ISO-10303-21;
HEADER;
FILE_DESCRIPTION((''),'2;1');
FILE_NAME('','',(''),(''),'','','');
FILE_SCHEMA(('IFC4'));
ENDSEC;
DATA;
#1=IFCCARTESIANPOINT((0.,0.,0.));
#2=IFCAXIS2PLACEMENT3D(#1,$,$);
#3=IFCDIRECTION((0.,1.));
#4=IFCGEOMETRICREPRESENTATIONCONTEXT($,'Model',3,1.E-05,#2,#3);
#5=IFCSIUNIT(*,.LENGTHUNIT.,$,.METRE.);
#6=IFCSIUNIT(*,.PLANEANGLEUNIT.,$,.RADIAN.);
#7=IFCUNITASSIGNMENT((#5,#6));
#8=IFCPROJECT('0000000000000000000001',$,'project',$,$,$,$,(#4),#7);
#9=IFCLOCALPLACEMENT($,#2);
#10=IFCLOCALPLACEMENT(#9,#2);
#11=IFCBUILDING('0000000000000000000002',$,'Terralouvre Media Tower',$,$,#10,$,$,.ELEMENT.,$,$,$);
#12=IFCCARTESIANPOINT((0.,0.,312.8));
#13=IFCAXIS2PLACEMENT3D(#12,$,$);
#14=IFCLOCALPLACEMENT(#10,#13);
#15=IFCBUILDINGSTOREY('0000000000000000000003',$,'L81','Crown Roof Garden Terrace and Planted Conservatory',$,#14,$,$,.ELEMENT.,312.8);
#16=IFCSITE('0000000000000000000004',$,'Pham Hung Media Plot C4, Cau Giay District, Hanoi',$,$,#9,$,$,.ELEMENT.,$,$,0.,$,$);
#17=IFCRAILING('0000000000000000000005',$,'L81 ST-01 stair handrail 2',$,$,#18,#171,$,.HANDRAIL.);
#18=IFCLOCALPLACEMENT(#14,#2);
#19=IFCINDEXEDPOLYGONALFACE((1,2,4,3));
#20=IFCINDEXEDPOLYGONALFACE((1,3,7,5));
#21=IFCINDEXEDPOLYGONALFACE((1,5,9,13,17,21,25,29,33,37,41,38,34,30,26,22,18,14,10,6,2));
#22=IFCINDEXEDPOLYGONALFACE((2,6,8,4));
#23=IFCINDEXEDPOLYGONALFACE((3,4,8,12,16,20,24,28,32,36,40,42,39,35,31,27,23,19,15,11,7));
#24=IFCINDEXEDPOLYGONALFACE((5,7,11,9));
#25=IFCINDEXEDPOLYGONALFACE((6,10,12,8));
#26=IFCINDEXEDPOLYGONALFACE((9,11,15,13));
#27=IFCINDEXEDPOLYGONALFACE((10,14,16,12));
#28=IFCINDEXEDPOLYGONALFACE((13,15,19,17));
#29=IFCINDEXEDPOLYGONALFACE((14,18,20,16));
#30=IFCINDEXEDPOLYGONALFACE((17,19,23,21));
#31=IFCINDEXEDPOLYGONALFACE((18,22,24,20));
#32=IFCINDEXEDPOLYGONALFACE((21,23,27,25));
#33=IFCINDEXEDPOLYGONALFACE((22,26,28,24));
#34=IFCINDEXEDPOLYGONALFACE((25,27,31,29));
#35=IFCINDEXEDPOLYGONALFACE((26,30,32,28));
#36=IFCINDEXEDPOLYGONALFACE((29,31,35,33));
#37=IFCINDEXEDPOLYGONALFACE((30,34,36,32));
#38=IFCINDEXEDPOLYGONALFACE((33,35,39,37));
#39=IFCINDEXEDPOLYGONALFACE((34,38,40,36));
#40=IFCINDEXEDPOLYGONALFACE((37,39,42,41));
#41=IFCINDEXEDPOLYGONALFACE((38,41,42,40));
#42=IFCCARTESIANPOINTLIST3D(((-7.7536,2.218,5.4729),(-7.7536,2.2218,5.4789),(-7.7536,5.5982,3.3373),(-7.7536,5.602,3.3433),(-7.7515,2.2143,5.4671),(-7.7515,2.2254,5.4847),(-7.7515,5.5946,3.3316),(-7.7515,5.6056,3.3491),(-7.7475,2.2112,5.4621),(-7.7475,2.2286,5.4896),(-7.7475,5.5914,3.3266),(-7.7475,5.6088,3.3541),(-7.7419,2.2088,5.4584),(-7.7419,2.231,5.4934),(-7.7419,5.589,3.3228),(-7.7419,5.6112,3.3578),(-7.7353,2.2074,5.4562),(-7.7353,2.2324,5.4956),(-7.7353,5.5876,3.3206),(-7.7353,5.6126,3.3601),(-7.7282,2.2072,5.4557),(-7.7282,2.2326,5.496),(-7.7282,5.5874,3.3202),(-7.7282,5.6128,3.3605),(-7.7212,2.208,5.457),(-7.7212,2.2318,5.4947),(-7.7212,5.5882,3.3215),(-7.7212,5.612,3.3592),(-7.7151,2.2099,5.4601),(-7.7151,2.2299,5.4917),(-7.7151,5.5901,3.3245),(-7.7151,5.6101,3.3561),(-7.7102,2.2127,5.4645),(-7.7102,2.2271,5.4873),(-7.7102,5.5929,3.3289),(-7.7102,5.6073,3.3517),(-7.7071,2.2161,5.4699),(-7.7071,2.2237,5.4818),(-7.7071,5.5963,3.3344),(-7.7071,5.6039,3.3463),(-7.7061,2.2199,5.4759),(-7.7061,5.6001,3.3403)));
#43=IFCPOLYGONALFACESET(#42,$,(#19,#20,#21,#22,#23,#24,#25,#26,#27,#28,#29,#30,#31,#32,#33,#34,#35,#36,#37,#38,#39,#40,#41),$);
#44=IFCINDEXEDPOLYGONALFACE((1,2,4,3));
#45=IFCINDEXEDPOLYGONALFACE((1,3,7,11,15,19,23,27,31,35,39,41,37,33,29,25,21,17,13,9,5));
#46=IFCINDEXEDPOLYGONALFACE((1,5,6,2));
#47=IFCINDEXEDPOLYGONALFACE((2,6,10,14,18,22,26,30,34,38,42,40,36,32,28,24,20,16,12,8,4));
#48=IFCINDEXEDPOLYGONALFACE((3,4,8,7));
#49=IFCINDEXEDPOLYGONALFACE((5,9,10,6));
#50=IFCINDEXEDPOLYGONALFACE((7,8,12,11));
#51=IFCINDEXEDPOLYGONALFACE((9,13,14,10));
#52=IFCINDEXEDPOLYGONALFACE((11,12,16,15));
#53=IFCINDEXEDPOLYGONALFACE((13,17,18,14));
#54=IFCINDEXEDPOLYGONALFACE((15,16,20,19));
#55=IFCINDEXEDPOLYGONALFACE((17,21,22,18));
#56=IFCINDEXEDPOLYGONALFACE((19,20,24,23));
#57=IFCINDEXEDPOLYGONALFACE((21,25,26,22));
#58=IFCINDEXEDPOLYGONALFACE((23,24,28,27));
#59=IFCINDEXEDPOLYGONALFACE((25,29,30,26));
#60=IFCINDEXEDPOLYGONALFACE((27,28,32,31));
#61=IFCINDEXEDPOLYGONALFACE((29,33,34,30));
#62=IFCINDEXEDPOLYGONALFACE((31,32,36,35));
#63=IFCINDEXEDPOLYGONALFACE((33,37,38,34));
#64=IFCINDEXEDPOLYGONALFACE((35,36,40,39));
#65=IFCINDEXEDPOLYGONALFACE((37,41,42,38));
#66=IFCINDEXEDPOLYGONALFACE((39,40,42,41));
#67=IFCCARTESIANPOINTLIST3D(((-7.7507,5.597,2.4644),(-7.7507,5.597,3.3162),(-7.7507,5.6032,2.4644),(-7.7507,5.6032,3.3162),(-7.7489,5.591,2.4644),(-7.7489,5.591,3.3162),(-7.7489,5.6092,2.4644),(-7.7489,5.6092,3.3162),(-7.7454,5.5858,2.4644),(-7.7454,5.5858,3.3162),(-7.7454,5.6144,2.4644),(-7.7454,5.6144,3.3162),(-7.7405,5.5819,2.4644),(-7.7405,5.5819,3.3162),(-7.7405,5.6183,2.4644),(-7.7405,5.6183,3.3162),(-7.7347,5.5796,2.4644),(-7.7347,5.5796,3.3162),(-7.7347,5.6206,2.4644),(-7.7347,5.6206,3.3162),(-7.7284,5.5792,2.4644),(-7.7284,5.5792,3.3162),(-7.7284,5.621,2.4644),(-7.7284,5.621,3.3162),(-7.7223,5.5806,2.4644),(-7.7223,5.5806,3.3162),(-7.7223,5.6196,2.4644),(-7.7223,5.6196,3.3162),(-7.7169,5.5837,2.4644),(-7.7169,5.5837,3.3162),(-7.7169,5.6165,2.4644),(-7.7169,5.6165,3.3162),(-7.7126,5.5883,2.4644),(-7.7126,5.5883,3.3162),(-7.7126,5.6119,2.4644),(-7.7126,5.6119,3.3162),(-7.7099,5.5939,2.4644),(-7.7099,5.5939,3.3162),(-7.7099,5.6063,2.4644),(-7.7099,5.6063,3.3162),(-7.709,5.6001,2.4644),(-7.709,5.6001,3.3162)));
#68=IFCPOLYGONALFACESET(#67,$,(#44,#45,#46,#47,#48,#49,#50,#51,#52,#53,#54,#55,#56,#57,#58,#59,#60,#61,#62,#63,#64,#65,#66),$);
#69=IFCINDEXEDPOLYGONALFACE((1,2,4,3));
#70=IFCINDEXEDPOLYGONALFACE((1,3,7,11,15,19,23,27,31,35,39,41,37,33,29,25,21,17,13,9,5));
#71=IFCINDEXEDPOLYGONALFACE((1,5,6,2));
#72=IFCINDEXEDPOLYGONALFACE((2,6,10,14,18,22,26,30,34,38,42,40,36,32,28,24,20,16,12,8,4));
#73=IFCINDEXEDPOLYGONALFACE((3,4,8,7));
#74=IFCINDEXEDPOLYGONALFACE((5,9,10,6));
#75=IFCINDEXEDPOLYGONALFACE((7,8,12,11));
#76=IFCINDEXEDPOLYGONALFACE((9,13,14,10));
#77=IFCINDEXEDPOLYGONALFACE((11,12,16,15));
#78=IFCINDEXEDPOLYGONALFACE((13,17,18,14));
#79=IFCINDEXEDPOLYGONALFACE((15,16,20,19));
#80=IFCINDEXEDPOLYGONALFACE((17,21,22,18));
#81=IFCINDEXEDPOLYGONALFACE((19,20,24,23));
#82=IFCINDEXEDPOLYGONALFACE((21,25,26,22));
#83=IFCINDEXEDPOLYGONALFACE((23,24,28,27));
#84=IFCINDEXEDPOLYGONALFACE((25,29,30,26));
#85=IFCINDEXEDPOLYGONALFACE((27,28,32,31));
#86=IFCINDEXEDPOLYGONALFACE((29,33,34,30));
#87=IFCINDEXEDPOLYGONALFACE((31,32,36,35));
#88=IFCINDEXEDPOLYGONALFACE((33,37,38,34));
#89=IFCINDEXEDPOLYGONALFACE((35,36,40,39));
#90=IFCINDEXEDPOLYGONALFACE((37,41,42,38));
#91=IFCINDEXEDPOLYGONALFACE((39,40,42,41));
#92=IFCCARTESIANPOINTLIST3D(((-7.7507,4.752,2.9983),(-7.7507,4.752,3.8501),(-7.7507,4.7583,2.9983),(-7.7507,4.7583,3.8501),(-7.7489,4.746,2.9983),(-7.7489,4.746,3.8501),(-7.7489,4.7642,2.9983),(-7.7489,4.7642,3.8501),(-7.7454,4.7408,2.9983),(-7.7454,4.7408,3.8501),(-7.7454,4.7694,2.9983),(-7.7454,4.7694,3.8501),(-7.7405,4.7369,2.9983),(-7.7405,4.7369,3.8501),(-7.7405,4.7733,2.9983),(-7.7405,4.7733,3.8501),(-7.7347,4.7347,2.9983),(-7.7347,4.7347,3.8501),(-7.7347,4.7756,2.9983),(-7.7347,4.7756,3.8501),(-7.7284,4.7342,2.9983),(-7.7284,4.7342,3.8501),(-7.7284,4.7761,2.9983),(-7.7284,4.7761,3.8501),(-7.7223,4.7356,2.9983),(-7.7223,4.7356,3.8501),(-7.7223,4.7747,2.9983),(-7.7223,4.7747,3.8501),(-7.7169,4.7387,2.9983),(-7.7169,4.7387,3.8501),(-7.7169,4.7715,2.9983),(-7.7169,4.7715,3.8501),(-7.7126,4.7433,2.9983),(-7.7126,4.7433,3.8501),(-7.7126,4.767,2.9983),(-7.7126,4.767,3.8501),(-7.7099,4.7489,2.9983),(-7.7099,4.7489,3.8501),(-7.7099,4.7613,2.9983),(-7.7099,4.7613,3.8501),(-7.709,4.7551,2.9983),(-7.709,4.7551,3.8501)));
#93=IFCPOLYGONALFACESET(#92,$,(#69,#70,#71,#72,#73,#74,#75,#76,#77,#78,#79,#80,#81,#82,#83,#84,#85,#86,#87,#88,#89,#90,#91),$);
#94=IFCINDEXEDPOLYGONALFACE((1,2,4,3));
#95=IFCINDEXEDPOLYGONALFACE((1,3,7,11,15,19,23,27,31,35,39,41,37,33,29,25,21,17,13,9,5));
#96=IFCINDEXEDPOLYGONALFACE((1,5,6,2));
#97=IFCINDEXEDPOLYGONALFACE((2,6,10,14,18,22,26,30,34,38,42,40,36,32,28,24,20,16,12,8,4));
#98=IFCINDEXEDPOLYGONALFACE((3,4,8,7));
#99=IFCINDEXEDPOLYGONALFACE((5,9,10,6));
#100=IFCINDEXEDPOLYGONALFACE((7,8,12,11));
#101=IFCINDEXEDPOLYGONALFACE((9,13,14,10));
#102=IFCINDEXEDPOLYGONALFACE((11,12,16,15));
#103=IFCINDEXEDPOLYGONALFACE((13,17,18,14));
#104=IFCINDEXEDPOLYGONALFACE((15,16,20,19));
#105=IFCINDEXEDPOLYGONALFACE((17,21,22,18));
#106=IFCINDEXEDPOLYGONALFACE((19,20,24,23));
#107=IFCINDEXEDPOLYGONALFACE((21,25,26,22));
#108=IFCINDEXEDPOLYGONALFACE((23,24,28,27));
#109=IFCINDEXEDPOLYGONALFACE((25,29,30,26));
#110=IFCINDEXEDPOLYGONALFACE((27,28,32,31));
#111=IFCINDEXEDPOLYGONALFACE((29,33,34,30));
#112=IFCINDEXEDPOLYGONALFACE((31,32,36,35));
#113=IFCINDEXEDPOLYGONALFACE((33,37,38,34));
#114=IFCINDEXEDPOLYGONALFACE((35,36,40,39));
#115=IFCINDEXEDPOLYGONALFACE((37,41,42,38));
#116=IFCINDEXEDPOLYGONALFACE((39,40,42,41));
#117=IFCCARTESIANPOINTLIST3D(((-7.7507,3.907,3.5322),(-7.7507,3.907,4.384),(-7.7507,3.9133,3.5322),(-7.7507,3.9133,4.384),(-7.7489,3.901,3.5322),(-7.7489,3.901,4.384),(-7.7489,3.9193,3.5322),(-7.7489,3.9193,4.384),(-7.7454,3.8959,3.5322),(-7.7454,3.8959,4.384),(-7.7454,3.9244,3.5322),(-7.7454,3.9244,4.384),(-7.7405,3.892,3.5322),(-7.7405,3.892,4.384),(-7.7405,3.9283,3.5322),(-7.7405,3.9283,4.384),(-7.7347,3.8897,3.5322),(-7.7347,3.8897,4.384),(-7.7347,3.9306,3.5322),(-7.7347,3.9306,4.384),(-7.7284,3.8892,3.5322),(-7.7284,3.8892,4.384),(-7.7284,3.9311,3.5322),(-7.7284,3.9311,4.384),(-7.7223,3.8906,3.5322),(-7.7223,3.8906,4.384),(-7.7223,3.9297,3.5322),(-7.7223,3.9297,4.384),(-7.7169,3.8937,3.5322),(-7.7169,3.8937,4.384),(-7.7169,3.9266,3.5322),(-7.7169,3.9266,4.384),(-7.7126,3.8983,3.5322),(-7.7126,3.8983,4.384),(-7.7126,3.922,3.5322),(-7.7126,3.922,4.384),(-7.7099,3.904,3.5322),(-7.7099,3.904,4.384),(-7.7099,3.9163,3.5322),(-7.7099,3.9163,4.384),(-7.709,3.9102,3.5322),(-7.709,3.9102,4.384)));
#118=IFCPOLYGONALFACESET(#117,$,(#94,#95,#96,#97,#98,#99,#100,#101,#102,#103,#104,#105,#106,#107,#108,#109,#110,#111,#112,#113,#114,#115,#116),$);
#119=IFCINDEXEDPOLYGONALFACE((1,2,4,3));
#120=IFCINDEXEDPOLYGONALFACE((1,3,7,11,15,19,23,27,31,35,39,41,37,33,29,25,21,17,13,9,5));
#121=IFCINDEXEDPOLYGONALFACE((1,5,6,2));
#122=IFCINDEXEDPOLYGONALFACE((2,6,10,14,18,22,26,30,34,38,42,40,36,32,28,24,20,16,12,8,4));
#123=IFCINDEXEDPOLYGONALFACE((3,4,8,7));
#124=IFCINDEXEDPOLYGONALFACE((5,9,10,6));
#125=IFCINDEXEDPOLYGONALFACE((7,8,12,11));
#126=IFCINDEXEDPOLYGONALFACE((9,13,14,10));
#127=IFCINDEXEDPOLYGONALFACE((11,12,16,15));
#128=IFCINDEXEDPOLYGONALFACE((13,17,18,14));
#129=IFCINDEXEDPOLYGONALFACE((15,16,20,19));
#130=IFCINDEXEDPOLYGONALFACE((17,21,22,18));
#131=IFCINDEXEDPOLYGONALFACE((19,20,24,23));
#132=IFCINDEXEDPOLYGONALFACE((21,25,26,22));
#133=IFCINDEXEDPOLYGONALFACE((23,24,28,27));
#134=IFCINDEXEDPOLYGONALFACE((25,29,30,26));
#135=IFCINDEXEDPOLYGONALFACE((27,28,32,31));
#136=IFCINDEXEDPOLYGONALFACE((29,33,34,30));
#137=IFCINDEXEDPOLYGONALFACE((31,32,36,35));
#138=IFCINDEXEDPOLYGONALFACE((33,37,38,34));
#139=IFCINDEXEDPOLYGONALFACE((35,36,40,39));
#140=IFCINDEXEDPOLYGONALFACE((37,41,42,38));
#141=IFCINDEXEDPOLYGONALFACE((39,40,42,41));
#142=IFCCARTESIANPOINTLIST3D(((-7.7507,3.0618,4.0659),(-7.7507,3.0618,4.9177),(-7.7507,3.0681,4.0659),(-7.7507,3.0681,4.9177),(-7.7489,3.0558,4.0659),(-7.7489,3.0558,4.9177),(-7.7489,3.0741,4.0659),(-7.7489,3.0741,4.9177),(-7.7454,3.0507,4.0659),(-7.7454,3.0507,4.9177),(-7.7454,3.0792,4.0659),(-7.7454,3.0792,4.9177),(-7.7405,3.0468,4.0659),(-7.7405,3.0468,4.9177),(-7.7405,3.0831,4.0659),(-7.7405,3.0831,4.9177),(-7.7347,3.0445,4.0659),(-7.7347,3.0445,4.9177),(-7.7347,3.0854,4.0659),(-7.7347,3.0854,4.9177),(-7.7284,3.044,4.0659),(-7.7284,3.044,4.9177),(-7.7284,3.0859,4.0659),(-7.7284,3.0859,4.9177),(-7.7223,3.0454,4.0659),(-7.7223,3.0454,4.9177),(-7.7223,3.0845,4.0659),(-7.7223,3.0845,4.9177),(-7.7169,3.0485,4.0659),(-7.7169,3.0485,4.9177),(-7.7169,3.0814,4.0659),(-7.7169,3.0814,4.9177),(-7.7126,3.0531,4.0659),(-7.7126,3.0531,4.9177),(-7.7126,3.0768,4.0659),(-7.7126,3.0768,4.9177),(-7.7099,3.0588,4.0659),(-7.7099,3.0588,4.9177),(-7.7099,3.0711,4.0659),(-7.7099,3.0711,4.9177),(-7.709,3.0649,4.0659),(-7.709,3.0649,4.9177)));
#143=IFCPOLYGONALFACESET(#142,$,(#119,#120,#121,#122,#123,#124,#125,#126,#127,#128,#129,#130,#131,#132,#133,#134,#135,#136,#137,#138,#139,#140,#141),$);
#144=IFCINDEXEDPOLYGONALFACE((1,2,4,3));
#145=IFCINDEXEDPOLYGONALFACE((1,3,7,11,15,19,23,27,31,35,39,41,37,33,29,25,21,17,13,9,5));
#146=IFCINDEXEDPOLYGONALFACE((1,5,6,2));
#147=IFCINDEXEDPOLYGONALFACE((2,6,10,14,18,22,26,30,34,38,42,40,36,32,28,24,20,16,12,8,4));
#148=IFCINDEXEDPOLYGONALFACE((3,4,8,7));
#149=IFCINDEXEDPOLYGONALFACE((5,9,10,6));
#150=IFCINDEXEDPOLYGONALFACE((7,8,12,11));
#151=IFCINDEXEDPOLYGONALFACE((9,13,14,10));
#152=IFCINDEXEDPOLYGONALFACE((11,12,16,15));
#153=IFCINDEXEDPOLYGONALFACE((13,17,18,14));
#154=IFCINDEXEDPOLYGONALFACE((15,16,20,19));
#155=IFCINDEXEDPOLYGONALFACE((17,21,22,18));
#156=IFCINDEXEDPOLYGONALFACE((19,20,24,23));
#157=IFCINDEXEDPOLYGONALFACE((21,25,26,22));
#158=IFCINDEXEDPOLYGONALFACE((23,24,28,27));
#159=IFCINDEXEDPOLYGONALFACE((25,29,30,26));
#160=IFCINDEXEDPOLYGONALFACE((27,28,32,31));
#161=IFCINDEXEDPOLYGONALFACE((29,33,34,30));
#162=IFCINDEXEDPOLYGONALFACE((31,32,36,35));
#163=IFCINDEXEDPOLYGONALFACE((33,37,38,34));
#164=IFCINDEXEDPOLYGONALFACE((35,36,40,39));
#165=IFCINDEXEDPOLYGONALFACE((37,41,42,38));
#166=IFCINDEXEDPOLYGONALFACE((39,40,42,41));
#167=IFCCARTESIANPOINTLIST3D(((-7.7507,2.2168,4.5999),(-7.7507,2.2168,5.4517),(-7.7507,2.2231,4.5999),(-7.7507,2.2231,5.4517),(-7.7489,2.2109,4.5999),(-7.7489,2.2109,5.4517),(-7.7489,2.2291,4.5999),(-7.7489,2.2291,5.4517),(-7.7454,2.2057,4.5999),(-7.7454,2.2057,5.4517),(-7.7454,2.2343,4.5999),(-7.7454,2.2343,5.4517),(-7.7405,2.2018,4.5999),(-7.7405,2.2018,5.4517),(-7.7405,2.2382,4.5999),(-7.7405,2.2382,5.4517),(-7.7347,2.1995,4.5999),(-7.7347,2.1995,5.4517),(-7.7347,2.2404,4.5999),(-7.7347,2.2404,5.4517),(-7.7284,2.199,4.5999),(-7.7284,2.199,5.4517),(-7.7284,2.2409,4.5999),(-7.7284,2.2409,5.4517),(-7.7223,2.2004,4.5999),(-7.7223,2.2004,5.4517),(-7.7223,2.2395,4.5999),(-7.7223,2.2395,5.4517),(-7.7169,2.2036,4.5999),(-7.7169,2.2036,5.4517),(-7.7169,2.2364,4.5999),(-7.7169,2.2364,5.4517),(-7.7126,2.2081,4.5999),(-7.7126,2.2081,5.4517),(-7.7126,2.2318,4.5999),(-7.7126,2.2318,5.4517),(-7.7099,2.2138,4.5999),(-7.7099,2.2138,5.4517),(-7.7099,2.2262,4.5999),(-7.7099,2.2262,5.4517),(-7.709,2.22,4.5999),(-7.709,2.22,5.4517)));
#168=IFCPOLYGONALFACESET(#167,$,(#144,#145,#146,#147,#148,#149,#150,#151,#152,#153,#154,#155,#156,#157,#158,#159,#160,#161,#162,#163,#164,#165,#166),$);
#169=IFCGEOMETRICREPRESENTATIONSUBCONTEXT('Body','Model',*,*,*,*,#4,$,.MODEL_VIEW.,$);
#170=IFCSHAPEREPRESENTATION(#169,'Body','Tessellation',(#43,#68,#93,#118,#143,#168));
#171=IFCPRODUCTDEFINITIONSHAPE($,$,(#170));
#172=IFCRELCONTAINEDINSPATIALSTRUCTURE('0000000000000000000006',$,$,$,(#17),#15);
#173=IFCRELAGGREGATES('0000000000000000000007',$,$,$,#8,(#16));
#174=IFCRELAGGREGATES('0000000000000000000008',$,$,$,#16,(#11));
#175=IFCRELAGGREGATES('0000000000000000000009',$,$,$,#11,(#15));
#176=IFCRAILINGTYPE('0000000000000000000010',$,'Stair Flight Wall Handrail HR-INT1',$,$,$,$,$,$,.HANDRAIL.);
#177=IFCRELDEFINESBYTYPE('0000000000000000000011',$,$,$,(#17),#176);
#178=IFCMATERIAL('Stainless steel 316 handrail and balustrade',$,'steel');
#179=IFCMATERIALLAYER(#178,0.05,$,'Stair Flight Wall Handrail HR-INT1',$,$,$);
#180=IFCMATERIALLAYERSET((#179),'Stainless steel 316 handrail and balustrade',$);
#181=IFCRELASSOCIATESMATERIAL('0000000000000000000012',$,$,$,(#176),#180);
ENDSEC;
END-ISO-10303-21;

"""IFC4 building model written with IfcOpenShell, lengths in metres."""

from ifc_helpers import new_model, si_unit, direction, frame, origin, origin_2d, place, context, subcontext, project, spatial, circle, extrude, material, layer, layer_set, type_object, element, save


model = new_model("IFC4")

# Units and contexts
model_context = context("Model", 3, precision=1e-05, world=origin(), true_north=direction((0.0, 1.0)))
body_context = subcontext(model_context, "Body", "Model", "MODEL_VIEW")
ifc_project = project(units=[si_unit("LENGTHUNIT", "METRE"), si_unit("PLANEANGLEUNIT", "RADIAN")], contexts=[model_context])

# Site, building, storey
site_placement = place(None, origin())
site = spatial("IfcSite", under=ifc_project, at=site_placement, Name="Pham Hung Media Plot C4, Cau Giay District, Hanoi", CompositionType="ELEMENT", RefElevation=0.0)
building_placement = place(site_placement, origin())
building = spatial("IfcBuilding", under=site, at=building_placement, Name="Terralouvre Media Tower", CompositionType="ELEMENT")
storey_placement = place(building_placement, frame((0.0, 0.0, 312.8)))
storey = spatial("IfcBuildingStorey", under=building, at=storey_placement, Name="L81", Description="Crown Roof Garden Terrace and Planted Conservatory", CompositionType="ELEMENT", Elevation=312.8)

# Railing
ifc_material_1 = material(Name="Stainless steel 316 handrail and balustrade", Category="steel")
ifc_layer_1 = layer(ifc_material_1, 0.05, Name="Stair Flight Wall Handrail HR-INT1")
ifc_layer_set_1 = layer_set([ifc_layer_1], Name="Stainless steel 316 handrail and balustrade")
railing_type_1 = type_object("IfcRailingType", Name="Stair Flight Wall Handrail HR-INT1", PredefinedType="HANDRAIL", material=ifc_layer_set_1)
railing_1_placement = place(storey_placement, frame((-7.73, 5.6001, 2.4644)))
element("IfcRailing", 1, at=railing_1_placement, inside=storey, type_object=railing_type_1, Name="L81 ST-01 stair handrail 2", PredefinedType="HANDRAIL", context=body_context, shape_type="SweptSolid", body=[
    extrude(circle(Radius=0.0239, at=origin_2d()), frame((0.0, 0.0, 0.876), z_axis=(0.0, -0.845412, 0.534115), x_axis=(1.0, 0.0, 0.0)), (0.0, 0.0, 1.0), 3.9983),
    extrude(circle(Radius=0.021, at=origin_2d()), origin(), (0.0, 0.0, 1.0), 0.8518),
    extrude(circle(Radius=0.021, at=origin_2d()), frame((0.0, -0.845, 0.5339)), (0.0, 0.0, 1.0), 0.8518),
    extrude(circle(Radius=0.021, at=origin_2d()), frame((0.0, -1.6899, 1.0679)), (0.0, 0.0, 1.0), 0.8518),
    extrude(circle(Radius=0.021, at=origin_2d()), frame((0.0, -2.5352, 1.6016)), (0.0, 0.0, 1.0), 0.8518),
    extrude(circle(Radius=0.021, at=origin_2d()), frame((0.0, -3.3801, 2.1355)), (0.0, 0.0, 1.0), 0.8518),
])

save(model, "model.ifc")
